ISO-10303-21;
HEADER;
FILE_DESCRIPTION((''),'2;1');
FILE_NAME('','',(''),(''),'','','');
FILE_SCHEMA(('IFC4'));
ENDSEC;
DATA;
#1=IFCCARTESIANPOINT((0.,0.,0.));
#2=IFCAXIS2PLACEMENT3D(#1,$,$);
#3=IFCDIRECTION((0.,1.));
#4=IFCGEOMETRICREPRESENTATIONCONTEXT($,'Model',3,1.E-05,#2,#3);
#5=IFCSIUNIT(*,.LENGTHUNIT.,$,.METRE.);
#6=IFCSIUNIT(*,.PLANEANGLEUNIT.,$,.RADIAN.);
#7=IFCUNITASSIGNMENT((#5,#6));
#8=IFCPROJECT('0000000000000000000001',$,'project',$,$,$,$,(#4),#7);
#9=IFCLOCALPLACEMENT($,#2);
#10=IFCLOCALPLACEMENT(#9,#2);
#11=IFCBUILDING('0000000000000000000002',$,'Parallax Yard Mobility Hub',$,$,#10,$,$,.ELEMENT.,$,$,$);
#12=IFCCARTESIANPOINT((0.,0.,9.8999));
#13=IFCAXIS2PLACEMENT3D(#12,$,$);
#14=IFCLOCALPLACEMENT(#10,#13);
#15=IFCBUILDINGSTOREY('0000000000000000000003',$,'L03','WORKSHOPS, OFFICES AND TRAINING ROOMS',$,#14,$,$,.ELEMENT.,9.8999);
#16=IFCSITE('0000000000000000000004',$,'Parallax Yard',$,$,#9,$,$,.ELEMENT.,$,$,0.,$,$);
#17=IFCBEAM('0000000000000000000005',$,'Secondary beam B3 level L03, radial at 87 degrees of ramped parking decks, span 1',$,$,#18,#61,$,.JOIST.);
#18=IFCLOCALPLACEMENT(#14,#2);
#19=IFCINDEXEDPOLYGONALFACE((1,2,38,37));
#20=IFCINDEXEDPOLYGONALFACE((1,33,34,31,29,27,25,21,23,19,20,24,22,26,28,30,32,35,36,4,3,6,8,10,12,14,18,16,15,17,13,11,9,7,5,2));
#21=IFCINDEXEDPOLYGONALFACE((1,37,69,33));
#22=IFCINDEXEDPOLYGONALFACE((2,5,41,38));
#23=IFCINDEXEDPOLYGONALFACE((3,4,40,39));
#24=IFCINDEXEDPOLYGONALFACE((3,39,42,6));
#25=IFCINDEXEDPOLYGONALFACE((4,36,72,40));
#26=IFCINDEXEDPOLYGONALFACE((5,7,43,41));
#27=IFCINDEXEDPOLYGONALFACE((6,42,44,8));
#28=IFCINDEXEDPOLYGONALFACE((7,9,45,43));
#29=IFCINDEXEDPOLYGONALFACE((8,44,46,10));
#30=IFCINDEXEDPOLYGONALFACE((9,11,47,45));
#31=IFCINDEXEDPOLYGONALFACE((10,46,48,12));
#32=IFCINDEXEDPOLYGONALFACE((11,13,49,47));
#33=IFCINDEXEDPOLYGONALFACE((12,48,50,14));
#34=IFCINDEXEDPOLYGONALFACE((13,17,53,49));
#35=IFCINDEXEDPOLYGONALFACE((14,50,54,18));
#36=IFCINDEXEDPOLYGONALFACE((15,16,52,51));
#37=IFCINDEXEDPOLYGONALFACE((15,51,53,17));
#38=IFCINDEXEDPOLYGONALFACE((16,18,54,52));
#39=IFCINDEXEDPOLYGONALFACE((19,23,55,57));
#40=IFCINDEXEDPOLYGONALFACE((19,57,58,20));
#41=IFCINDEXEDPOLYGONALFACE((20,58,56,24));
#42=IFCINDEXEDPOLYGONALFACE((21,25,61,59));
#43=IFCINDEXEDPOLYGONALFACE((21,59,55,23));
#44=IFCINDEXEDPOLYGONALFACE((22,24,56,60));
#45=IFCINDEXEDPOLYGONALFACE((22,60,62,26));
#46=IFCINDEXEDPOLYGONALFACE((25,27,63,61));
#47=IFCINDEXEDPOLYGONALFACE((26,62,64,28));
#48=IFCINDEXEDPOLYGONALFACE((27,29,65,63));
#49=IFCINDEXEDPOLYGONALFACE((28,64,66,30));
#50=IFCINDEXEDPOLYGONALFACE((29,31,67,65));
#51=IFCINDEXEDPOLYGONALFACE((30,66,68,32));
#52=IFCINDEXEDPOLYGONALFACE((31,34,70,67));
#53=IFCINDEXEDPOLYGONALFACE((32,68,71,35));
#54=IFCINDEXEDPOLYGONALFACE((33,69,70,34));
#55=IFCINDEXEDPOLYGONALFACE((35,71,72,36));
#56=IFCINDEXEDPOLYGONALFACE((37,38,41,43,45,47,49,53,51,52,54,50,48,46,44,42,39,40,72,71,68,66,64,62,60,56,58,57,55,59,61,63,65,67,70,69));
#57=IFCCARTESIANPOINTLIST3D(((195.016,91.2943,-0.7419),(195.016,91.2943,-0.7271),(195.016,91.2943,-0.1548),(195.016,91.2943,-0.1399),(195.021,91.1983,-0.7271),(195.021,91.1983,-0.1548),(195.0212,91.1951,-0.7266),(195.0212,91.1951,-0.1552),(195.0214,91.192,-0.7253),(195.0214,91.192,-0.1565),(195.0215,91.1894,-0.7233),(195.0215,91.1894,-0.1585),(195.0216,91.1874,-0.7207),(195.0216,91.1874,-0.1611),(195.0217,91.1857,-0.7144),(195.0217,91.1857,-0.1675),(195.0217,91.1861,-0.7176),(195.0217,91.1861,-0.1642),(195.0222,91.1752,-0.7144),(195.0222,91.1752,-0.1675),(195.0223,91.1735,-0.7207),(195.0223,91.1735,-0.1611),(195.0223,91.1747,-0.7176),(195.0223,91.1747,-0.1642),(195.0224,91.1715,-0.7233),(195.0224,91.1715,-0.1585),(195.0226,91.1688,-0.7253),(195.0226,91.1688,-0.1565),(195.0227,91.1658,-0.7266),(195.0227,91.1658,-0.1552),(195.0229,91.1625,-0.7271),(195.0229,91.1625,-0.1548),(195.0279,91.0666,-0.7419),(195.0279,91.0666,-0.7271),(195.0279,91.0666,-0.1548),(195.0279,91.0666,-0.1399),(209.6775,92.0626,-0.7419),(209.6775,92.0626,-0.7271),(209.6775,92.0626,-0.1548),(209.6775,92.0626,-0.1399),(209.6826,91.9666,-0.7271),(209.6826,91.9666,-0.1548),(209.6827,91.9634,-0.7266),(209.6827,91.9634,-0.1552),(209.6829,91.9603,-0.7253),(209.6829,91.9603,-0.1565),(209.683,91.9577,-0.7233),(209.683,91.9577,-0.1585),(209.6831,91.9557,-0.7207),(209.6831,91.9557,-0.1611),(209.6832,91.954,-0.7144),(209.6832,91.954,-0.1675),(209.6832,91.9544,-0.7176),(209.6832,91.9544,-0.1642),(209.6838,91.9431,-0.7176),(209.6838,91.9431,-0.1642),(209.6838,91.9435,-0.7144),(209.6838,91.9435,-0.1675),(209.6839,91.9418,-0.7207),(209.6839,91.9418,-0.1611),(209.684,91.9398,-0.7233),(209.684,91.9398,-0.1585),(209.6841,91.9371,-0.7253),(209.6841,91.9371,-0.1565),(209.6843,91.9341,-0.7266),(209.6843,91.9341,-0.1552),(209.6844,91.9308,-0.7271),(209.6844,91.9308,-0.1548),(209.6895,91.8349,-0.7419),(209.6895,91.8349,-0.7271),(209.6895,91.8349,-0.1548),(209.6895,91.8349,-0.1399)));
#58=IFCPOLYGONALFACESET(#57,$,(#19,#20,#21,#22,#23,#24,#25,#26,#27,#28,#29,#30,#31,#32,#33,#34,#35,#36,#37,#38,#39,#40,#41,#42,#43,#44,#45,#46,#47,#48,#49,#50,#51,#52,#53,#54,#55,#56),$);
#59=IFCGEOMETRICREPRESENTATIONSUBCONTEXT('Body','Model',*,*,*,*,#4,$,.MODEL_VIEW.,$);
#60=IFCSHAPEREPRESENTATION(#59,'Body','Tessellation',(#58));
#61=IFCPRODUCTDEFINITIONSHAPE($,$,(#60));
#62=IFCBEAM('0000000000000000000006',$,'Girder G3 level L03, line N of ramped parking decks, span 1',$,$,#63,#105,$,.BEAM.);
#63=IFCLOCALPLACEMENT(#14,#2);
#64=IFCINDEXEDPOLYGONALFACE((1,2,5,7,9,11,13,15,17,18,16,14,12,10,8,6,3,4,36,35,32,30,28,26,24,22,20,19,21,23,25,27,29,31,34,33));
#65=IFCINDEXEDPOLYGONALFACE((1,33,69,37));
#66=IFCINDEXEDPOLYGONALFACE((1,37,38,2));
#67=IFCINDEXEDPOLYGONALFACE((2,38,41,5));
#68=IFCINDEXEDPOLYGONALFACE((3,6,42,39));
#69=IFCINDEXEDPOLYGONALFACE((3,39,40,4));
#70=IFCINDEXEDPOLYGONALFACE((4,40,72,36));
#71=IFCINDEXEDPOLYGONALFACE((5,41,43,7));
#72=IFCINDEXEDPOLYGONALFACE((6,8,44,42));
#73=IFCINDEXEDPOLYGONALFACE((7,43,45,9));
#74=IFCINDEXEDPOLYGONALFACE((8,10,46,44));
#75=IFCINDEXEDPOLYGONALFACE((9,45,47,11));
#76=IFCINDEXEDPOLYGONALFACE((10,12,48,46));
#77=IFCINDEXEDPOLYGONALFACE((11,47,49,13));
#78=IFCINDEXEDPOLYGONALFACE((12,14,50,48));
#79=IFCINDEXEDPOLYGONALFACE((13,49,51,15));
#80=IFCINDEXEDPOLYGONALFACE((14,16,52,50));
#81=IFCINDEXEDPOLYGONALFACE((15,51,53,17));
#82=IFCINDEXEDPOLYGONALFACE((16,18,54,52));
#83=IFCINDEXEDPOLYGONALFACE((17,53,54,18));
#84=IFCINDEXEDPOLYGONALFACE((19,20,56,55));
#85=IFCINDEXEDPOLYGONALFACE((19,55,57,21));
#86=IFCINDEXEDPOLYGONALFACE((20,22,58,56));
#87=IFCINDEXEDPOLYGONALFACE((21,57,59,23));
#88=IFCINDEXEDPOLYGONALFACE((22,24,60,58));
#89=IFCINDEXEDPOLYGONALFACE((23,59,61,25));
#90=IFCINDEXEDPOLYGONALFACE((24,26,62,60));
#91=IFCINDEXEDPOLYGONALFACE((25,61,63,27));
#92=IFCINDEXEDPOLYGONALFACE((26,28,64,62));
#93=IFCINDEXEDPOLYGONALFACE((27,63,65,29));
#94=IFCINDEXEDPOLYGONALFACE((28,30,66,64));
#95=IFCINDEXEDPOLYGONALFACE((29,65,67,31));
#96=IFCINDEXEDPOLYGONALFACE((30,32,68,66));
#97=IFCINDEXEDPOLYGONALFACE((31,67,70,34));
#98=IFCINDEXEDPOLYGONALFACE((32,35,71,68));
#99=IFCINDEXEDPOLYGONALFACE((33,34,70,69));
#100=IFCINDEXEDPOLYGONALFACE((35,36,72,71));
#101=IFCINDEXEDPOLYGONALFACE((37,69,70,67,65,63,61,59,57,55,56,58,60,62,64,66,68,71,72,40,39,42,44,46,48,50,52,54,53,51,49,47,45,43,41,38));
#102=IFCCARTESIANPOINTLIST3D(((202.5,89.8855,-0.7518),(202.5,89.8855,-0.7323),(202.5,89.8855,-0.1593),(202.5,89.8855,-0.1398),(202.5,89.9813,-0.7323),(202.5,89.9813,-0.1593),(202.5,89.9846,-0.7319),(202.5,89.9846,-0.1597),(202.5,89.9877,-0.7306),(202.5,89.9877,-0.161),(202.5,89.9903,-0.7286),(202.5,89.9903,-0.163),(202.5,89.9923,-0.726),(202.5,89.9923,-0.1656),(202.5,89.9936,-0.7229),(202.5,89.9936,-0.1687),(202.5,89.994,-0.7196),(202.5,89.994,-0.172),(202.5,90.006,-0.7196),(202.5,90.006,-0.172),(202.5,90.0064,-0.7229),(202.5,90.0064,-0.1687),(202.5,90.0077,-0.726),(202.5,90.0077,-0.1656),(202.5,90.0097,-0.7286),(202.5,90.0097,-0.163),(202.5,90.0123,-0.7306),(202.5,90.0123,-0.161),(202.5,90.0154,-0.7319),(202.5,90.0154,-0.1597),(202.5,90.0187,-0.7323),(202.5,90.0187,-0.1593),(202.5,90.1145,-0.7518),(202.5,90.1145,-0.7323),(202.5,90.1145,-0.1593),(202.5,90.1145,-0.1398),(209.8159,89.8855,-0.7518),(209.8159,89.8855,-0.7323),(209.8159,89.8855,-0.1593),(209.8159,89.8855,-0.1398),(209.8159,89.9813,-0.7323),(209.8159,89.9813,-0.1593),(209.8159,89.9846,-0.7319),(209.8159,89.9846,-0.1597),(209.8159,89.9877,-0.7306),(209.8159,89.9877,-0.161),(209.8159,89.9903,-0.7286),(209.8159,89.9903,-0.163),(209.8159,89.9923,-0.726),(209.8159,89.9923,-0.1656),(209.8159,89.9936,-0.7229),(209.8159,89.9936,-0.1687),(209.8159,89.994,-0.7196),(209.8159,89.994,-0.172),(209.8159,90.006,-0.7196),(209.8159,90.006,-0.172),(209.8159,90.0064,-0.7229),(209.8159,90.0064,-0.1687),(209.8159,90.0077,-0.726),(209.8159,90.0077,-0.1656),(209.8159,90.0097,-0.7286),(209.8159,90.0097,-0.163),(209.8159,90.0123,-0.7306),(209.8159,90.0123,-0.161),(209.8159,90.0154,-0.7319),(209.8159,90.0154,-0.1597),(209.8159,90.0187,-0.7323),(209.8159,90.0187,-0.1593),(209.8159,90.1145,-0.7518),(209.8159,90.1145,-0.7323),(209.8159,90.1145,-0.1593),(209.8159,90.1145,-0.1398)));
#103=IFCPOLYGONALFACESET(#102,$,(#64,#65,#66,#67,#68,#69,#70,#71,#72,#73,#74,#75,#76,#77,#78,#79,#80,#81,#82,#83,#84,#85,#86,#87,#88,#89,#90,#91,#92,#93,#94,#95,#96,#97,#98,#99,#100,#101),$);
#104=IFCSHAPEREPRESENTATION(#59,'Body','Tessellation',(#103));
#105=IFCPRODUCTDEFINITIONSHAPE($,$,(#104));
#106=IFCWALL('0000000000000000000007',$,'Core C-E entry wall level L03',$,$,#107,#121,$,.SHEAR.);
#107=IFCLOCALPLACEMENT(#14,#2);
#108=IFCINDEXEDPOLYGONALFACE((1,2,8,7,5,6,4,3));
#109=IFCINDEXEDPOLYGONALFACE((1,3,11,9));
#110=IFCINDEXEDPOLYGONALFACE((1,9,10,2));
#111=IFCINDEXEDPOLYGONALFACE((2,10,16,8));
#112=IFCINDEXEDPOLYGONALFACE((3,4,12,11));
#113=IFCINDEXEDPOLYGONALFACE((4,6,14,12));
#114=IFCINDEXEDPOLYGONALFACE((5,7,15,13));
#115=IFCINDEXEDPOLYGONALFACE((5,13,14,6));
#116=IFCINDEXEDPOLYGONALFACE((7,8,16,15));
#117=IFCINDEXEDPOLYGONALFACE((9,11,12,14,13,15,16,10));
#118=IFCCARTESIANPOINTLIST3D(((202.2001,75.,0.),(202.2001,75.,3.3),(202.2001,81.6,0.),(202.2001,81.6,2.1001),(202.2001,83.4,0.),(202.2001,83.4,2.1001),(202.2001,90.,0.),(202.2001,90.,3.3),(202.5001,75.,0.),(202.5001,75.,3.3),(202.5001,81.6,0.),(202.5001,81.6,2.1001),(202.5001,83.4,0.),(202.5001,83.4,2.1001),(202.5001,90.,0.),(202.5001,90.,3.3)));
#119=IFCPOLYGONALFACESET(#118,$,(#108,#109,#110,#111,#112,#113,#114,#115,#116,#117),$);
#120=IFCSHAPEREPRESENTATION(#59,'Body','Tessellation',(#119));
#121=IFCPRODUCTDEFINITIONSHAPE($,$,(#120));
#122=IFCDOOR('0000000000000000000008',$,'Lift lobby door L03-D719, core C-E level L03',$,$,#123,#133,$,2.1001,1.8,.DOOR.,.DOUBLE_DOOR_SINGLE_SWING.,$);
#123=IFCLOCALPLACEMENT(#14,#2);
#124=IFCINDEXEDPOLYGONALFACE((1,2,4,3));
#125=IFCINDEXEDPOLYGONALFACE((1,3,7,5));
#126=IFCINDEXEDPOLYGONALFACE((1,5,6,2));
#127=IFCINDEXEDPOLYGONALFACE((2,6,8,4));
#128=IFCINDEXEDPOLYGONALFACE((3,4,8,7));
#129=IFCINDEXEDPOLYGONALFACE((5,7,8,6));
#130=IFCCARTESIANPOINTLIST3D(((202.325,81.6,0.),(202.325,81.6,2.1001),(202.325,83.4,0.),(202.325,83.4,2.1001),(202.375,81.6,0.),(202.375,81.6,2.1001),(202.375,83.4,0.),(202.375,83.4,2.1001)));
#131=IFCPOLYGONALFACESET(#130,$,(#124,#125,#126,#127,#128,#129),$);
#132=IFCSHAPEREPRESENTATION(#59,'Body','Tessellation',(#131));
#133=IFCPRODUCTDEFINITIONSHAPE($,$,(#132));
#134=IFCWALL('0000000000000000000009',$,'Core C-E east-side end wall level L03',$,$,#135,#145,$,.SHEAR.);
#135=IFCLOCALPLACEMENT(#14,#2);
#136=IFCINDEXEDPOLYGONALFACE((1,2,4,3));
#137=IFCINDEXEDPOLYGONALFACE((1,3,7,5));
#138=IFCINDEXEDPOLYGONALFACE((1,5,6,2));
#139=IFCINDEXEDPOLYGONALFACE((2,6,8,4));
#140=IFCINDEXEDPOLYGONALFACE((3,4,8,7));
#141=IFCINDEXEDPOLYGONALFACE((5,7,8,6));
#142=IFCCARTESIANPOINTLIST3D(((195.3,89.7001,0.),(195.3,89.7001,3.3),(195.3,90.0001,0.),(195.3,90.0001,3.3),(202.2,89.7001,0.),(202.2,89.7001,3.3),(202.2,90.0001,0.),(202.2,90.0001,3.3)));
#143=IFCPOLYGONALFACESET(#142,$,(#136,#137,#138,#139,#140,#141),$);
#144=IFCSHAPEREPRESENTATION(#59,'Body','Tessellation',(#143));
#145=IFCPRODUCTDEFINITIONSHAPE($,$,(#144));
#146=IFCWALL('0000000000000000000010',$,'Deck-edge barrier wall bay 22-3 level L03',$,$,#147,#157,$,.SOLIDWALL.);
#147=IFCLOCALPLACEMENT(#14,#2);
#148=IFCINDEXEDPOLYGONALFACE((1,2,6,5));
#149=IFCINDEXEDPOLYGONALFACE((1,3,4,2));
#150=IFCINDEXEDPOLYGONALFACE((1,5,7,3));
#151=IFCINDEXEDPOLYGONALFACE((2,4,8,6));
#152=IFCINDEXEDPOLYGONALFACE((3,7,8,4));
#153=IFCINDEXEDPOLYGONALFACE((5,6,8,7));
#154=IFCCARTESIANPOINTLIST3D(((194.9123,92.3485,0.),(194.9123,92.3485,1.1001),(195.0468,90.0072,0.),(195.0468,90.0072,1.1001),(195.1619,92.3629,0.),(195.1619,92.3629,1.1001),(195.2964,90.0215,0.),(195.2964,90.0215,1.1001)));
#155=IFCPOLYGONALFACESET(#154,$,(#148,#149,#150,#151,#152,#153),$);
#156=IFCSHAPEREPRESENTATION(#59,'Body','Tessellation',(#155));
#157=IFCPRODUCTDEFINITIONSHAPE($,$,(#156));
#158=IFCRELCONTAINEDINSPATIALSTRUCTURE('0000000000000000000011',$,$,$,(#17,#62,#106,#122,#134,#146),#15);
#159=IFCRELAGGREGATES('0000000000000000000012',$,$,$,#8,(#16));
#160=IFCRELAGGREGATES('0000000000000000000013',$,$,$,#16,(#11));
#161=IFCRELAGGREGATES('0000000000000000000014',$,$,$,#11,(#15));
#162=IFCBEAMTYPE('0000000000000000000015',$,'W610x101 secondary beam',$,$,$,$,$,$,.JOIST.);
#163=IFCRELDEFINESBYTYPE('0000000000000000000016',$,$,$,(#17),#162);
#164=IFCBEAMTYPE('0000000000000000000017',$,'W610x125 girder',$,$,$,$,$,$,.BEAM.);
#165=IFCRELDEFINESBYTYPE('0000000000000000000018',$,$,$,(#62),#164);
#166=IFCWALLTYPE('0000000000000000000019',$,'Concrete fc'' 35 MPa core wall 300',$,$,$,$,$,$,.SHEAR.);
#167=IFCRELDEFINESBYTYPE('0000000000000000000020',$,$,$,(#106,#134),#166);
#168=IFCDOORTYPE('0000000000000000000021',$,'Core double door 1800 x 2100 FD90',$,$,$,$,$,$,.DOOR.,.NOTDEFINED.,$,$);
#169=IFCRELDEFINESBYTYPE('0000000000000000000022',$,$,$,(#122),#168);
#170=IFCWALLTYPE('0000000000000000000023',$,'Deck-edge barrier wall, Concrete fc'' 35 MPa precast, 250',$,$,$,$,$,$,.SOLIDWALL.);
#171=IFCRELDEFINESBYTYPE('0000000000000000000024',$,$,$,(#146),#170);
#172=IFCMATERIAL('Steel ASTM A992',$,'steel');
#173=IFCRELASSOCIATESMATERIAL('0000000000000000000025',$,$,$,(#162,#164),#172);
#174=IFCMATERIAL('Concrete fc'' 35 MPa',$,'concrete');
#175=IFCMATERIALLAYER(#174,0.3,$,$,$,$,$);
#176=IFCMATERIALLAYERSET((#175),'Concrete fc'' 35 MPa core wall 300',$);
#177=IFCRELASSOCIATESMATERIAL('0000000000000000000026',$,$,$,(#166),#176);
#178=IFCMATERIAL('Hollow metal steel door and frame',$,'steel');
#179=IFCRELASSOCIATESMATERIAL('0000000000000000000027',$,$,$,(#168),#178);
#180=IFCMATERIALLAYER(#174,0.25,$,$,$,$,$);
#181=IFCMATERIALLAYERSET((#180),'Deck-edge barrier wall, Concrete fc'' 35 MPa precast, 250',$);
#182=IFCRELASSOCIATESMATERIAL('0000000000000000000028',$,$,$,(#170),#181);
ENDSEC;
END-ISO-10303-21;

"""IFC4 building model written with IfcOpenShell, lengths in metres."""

from ifc_helpers import new_model, si_unit, direction, frame, frame_2d, origin, origin_2d, place, context, subcontext, project, spatial, rectangle, i_section, extrude, material, layer, layer_set, material_profile, profile_set, type_object, element, fill, save


model = new_model("IFC4")

# Units and contexts
model_context = context("Model", 3, precision=1e-05, world=origin(), true_north=direction((0.0, 1.0)))
body_context = subcontext(model_context, "Body", "Model", "MODEL_VIEW")
ifc_project = project(units=[si_unit("LENGTHUNIT", "METRE"), si_unit("PLANEANGLEUNIT", "RADIAN")], contexts=[model_context])

# Site, building, storey
site_placement = place(None, origin())
site = spatial("IfcSite", under=ifc_project, at=site_placement, Name="Parallax Yard", CompositionType="ELEMENT", RefElevation=0.0)
building_placement = place(site_placement, origin())
building = spatial("IfcBuilding", under=site, at=building_placement, Name="Parallax Yard Mobility Hub", CompositionType="ELEMENT")
storey_placement = place(building_placement, frame((0.0, 0.0, 9.8999)))
storey = spatial("IfcBuildingStorey", under=building, at=storey_placement, Name="L03", Description="WORKSHOPS, OFFICES AND TRAINING ROOMS", CompositionType="ELEMENT", Elevation=9.8999)

# Beams
ifc_material_1 = material(Name="Steel ASTM A992", Category="steel")
ifc_material_profile_1 = material_profile(ifc_material_1, i_section(OverallWidth=0.228, OverallDepth=0.6021, WebThickness=0.0105, FlangeThickness=0.0149, FilletRadius=0.0127, at=origin_2d()), Name="W610x101")
ifc_profile_set_1 = profile_set([ifc_material_profile_1], Name="Steel ASTM A992")
beam_type_1 = type_object("IfcBeamType", Name="W610x101 secondary beam", PredefinedType="JOIST", material=ifc_profile_set_1)
beam_1_placement = place(storey_placement, frame((195.022, 91.1804, -0.4409), z_axis=(0.99863, 0.052331, 0.0), x_axis=(-0.052331, 0.99863, 0.0)))
element("IfcBeam", 1, at=beam_1_placement, inside=storey, type_object=beam_type_1, Name="Secondary beam B3 level L03, radial at 87 degrees of ramped parking decks, span 1", PredefinedType="JOIST", context=body_context, shape_type="SweptSolid", body=[
    extrude(i_section(OverallWidth=0.228, OverallDepth=0.6021, WebThickness=0.0105, FlangeThickness=0.0149, FilletRadius=0.0127, at=origin_2d()), origin(), (0.0, 0.0, 1.0), 14.6816),
])
ifc_material_profile_2 = material_profile(ifc_material_1, i_section(OverallWidth=0.229, OverallDepth=0.6121, WebThickness=0.012, FlangeThickness=0.0195, FilletRadius=0.0127, at=origin_2d()), Name="W610x125")
ifc_profile_set_2 = profile_set([ifc_material_profile_2], Name="Steel ASTM A992")
beam_type_2 = type_object("IfcBeamType", Name="W610x125 girder", PredefinedType="BEAM", material=ifc_profile_set_2)
beam_2_placement = place(storey_placement, frame((202.5, 90.0, -0.4458), z_axis=(1.0, 0.0, 0.0), x_axis=(0.0, 1.0, 0.0)))
element("IfcBeam", 2, at=beam_2_placement, inside=storey, type_object=beam_type_2, Name="Girder G3 level L03, line N of ramped parking decks, span 1", PredefinedType="BEAM", context=body_context, shape_type="SweptSolid", body=[
    extrude(i_section(OverallWidth=0.229, OverallDepth=0.6121, WebThickness=0.012, FlangeThickness=0.0195, FilletRadius=0.0127, at=origin_2d()), origin(), (0.0, 0.0, 1.0), 7.3159),
])

# Wall, opening, door
ifc_material_2 = material(Name="Concrete fc' 35 MPa", Category="concrete")
ifc_layer_1 = layer(ifc_material_2, 0.3)
ifc_layer_set_1 = layer_set([ifc_layer_1], Name="Concrete fc' 35 MPa core wall 300")
wall_type_1 = type_object("IfcWallType", Name="Concrete fc' 35 MPa core wall 300", PredefinedType="SHEAR", material=ifc_layer_set_1)
wall_1_placement = place(storey_placement, frame((202.3501, 90.0, 0.0), z_axis=(0.0, 0.0, 1.0), x_axis=(0.0, -1.0, 0.0)))
wall_1 = element("IfcWall", 3, at=wall_1_placement, inside=storey, type_object=wall_type_1, Name="Core C-E entry wall level L03", PredefinedType="SHEAR", context=body_context, shape_type="SweptSolid", body=[
    extrude(rectangle(XDim=15.0, YDim=0.3, at=frame_2d((7.5, 0.0))), origin(), (0.0, 0.0, 1.0), 3.3),
])
opening_placement = place(wall_1_placement, frame((6.6001, 0.0, 0.0)))
opening = element("IfcOpeningElement", 4, at=opening_placement, cuts=wall_1, PredefinedType="OPENING", context=body_context, shape_type="SweptSolid", body=[
    extrude(rectangle(XDim=1.8, YDim=2.1001, at=frame_2d((0.8999, 1.05))), frame((0.0, 0.1602, 0.0), z_axis=(0.0, -1.0, 0.0), x_axis=(1.0, 0.0, 0.0)), (0.0, 0.0, 1.0), 0.3201),
])
ifc_material_3 = material(Name="Hollow metal steel door and frame", Category="steel")
door_type = type_object("IfcDoorType", Name="Core double door 1800 x 2100 FD90", OperationType="NOTDEFINED", PredefinedType="DOOR", material=ifc_material_3)
door_placement = place(opening_placement, origin())
door = element("IfcDoor", 5, at=door_placement, inside=storey, type_object=door_type, Name="Lift lobby door L03-D719, core C-E level L03", OperationType="DOUBLE_DOOR_SINGLE_SWING", OverallHeight=2.1001, OverallWidth=1.8, PredefinedType="DOOR", context=body_context, shape_type="SweptSolid", body=[
    extrude(rectangle(XDim=1.8, YDim=2.1001, at=frame_2d((0.8999, 1.05))), frame((0.0, 0.0249, 0.0), z_axis=(0.0, -1.0, 0.0), x_axis=(1.0, 0.0, 0.0)), (0.0, 0.0, 1.0), 0.05),
])
fill(opening, door)

# Walls
wall_2_placement = place(storey_placement, frame((202.2, 89.8501, 0.0), z_axis=(0.0, 0.0, 1.0), x_axis=(-1.0, 0.0, 0.0)))
element("IfcWall", 6, at=wall_2_placement, inside=storey, type_object=wall_type_1, Name="Core C-E east-side end wall level L03", PredefinedType="SHEAR", context=body_context, shape_type="SweptSolid", body=[
    extrude(rectangle(XDim=6.8999, YDim=0.3, at=frame_2d((3.45, 0.0))), origin(), (0.0, 0.0, 1.0), 3.3),
])
ifc_layer_2 = layer(ifc_material_2, 0.25)
ifc_layer_set_2 = layer_set([ifc_layer_2], Name="Deck-edge barrier wall, Concrete fc' 35 MPa precast, 250")
wall_type_2 = type_object("IfcWallType", Name="Deck-edge barrier wall, Concrete fc' 35 MPa precast, 250", PredefinedType="SOLIDWALL", material=ifc_layer_set_2)
wall_3_placement = place(storey_placement, frame((195.0371, 92.3557, 0.0), z_axis=(0.0, 0.0, 1.0), x_axis=(0.057361, -0.998353, 0.0)))
element("IfcWall", 7, at=wall_3_placement, inside=storey, type_object=wall_type_2, Name="Deck-edge barrier wall bay 22-3 level L03", PredefinedType="SOLIDWALL", context=body_context, shape_type="SweptSolid", body=[
    extrude(rectangle(XDim=2.3452, YDim=0.25, at=frame_2d((1.1726, 0.0))), origin(), (0.0, 0.0, 1.0), 1.1001),
])

save(model, "model.ifc")
